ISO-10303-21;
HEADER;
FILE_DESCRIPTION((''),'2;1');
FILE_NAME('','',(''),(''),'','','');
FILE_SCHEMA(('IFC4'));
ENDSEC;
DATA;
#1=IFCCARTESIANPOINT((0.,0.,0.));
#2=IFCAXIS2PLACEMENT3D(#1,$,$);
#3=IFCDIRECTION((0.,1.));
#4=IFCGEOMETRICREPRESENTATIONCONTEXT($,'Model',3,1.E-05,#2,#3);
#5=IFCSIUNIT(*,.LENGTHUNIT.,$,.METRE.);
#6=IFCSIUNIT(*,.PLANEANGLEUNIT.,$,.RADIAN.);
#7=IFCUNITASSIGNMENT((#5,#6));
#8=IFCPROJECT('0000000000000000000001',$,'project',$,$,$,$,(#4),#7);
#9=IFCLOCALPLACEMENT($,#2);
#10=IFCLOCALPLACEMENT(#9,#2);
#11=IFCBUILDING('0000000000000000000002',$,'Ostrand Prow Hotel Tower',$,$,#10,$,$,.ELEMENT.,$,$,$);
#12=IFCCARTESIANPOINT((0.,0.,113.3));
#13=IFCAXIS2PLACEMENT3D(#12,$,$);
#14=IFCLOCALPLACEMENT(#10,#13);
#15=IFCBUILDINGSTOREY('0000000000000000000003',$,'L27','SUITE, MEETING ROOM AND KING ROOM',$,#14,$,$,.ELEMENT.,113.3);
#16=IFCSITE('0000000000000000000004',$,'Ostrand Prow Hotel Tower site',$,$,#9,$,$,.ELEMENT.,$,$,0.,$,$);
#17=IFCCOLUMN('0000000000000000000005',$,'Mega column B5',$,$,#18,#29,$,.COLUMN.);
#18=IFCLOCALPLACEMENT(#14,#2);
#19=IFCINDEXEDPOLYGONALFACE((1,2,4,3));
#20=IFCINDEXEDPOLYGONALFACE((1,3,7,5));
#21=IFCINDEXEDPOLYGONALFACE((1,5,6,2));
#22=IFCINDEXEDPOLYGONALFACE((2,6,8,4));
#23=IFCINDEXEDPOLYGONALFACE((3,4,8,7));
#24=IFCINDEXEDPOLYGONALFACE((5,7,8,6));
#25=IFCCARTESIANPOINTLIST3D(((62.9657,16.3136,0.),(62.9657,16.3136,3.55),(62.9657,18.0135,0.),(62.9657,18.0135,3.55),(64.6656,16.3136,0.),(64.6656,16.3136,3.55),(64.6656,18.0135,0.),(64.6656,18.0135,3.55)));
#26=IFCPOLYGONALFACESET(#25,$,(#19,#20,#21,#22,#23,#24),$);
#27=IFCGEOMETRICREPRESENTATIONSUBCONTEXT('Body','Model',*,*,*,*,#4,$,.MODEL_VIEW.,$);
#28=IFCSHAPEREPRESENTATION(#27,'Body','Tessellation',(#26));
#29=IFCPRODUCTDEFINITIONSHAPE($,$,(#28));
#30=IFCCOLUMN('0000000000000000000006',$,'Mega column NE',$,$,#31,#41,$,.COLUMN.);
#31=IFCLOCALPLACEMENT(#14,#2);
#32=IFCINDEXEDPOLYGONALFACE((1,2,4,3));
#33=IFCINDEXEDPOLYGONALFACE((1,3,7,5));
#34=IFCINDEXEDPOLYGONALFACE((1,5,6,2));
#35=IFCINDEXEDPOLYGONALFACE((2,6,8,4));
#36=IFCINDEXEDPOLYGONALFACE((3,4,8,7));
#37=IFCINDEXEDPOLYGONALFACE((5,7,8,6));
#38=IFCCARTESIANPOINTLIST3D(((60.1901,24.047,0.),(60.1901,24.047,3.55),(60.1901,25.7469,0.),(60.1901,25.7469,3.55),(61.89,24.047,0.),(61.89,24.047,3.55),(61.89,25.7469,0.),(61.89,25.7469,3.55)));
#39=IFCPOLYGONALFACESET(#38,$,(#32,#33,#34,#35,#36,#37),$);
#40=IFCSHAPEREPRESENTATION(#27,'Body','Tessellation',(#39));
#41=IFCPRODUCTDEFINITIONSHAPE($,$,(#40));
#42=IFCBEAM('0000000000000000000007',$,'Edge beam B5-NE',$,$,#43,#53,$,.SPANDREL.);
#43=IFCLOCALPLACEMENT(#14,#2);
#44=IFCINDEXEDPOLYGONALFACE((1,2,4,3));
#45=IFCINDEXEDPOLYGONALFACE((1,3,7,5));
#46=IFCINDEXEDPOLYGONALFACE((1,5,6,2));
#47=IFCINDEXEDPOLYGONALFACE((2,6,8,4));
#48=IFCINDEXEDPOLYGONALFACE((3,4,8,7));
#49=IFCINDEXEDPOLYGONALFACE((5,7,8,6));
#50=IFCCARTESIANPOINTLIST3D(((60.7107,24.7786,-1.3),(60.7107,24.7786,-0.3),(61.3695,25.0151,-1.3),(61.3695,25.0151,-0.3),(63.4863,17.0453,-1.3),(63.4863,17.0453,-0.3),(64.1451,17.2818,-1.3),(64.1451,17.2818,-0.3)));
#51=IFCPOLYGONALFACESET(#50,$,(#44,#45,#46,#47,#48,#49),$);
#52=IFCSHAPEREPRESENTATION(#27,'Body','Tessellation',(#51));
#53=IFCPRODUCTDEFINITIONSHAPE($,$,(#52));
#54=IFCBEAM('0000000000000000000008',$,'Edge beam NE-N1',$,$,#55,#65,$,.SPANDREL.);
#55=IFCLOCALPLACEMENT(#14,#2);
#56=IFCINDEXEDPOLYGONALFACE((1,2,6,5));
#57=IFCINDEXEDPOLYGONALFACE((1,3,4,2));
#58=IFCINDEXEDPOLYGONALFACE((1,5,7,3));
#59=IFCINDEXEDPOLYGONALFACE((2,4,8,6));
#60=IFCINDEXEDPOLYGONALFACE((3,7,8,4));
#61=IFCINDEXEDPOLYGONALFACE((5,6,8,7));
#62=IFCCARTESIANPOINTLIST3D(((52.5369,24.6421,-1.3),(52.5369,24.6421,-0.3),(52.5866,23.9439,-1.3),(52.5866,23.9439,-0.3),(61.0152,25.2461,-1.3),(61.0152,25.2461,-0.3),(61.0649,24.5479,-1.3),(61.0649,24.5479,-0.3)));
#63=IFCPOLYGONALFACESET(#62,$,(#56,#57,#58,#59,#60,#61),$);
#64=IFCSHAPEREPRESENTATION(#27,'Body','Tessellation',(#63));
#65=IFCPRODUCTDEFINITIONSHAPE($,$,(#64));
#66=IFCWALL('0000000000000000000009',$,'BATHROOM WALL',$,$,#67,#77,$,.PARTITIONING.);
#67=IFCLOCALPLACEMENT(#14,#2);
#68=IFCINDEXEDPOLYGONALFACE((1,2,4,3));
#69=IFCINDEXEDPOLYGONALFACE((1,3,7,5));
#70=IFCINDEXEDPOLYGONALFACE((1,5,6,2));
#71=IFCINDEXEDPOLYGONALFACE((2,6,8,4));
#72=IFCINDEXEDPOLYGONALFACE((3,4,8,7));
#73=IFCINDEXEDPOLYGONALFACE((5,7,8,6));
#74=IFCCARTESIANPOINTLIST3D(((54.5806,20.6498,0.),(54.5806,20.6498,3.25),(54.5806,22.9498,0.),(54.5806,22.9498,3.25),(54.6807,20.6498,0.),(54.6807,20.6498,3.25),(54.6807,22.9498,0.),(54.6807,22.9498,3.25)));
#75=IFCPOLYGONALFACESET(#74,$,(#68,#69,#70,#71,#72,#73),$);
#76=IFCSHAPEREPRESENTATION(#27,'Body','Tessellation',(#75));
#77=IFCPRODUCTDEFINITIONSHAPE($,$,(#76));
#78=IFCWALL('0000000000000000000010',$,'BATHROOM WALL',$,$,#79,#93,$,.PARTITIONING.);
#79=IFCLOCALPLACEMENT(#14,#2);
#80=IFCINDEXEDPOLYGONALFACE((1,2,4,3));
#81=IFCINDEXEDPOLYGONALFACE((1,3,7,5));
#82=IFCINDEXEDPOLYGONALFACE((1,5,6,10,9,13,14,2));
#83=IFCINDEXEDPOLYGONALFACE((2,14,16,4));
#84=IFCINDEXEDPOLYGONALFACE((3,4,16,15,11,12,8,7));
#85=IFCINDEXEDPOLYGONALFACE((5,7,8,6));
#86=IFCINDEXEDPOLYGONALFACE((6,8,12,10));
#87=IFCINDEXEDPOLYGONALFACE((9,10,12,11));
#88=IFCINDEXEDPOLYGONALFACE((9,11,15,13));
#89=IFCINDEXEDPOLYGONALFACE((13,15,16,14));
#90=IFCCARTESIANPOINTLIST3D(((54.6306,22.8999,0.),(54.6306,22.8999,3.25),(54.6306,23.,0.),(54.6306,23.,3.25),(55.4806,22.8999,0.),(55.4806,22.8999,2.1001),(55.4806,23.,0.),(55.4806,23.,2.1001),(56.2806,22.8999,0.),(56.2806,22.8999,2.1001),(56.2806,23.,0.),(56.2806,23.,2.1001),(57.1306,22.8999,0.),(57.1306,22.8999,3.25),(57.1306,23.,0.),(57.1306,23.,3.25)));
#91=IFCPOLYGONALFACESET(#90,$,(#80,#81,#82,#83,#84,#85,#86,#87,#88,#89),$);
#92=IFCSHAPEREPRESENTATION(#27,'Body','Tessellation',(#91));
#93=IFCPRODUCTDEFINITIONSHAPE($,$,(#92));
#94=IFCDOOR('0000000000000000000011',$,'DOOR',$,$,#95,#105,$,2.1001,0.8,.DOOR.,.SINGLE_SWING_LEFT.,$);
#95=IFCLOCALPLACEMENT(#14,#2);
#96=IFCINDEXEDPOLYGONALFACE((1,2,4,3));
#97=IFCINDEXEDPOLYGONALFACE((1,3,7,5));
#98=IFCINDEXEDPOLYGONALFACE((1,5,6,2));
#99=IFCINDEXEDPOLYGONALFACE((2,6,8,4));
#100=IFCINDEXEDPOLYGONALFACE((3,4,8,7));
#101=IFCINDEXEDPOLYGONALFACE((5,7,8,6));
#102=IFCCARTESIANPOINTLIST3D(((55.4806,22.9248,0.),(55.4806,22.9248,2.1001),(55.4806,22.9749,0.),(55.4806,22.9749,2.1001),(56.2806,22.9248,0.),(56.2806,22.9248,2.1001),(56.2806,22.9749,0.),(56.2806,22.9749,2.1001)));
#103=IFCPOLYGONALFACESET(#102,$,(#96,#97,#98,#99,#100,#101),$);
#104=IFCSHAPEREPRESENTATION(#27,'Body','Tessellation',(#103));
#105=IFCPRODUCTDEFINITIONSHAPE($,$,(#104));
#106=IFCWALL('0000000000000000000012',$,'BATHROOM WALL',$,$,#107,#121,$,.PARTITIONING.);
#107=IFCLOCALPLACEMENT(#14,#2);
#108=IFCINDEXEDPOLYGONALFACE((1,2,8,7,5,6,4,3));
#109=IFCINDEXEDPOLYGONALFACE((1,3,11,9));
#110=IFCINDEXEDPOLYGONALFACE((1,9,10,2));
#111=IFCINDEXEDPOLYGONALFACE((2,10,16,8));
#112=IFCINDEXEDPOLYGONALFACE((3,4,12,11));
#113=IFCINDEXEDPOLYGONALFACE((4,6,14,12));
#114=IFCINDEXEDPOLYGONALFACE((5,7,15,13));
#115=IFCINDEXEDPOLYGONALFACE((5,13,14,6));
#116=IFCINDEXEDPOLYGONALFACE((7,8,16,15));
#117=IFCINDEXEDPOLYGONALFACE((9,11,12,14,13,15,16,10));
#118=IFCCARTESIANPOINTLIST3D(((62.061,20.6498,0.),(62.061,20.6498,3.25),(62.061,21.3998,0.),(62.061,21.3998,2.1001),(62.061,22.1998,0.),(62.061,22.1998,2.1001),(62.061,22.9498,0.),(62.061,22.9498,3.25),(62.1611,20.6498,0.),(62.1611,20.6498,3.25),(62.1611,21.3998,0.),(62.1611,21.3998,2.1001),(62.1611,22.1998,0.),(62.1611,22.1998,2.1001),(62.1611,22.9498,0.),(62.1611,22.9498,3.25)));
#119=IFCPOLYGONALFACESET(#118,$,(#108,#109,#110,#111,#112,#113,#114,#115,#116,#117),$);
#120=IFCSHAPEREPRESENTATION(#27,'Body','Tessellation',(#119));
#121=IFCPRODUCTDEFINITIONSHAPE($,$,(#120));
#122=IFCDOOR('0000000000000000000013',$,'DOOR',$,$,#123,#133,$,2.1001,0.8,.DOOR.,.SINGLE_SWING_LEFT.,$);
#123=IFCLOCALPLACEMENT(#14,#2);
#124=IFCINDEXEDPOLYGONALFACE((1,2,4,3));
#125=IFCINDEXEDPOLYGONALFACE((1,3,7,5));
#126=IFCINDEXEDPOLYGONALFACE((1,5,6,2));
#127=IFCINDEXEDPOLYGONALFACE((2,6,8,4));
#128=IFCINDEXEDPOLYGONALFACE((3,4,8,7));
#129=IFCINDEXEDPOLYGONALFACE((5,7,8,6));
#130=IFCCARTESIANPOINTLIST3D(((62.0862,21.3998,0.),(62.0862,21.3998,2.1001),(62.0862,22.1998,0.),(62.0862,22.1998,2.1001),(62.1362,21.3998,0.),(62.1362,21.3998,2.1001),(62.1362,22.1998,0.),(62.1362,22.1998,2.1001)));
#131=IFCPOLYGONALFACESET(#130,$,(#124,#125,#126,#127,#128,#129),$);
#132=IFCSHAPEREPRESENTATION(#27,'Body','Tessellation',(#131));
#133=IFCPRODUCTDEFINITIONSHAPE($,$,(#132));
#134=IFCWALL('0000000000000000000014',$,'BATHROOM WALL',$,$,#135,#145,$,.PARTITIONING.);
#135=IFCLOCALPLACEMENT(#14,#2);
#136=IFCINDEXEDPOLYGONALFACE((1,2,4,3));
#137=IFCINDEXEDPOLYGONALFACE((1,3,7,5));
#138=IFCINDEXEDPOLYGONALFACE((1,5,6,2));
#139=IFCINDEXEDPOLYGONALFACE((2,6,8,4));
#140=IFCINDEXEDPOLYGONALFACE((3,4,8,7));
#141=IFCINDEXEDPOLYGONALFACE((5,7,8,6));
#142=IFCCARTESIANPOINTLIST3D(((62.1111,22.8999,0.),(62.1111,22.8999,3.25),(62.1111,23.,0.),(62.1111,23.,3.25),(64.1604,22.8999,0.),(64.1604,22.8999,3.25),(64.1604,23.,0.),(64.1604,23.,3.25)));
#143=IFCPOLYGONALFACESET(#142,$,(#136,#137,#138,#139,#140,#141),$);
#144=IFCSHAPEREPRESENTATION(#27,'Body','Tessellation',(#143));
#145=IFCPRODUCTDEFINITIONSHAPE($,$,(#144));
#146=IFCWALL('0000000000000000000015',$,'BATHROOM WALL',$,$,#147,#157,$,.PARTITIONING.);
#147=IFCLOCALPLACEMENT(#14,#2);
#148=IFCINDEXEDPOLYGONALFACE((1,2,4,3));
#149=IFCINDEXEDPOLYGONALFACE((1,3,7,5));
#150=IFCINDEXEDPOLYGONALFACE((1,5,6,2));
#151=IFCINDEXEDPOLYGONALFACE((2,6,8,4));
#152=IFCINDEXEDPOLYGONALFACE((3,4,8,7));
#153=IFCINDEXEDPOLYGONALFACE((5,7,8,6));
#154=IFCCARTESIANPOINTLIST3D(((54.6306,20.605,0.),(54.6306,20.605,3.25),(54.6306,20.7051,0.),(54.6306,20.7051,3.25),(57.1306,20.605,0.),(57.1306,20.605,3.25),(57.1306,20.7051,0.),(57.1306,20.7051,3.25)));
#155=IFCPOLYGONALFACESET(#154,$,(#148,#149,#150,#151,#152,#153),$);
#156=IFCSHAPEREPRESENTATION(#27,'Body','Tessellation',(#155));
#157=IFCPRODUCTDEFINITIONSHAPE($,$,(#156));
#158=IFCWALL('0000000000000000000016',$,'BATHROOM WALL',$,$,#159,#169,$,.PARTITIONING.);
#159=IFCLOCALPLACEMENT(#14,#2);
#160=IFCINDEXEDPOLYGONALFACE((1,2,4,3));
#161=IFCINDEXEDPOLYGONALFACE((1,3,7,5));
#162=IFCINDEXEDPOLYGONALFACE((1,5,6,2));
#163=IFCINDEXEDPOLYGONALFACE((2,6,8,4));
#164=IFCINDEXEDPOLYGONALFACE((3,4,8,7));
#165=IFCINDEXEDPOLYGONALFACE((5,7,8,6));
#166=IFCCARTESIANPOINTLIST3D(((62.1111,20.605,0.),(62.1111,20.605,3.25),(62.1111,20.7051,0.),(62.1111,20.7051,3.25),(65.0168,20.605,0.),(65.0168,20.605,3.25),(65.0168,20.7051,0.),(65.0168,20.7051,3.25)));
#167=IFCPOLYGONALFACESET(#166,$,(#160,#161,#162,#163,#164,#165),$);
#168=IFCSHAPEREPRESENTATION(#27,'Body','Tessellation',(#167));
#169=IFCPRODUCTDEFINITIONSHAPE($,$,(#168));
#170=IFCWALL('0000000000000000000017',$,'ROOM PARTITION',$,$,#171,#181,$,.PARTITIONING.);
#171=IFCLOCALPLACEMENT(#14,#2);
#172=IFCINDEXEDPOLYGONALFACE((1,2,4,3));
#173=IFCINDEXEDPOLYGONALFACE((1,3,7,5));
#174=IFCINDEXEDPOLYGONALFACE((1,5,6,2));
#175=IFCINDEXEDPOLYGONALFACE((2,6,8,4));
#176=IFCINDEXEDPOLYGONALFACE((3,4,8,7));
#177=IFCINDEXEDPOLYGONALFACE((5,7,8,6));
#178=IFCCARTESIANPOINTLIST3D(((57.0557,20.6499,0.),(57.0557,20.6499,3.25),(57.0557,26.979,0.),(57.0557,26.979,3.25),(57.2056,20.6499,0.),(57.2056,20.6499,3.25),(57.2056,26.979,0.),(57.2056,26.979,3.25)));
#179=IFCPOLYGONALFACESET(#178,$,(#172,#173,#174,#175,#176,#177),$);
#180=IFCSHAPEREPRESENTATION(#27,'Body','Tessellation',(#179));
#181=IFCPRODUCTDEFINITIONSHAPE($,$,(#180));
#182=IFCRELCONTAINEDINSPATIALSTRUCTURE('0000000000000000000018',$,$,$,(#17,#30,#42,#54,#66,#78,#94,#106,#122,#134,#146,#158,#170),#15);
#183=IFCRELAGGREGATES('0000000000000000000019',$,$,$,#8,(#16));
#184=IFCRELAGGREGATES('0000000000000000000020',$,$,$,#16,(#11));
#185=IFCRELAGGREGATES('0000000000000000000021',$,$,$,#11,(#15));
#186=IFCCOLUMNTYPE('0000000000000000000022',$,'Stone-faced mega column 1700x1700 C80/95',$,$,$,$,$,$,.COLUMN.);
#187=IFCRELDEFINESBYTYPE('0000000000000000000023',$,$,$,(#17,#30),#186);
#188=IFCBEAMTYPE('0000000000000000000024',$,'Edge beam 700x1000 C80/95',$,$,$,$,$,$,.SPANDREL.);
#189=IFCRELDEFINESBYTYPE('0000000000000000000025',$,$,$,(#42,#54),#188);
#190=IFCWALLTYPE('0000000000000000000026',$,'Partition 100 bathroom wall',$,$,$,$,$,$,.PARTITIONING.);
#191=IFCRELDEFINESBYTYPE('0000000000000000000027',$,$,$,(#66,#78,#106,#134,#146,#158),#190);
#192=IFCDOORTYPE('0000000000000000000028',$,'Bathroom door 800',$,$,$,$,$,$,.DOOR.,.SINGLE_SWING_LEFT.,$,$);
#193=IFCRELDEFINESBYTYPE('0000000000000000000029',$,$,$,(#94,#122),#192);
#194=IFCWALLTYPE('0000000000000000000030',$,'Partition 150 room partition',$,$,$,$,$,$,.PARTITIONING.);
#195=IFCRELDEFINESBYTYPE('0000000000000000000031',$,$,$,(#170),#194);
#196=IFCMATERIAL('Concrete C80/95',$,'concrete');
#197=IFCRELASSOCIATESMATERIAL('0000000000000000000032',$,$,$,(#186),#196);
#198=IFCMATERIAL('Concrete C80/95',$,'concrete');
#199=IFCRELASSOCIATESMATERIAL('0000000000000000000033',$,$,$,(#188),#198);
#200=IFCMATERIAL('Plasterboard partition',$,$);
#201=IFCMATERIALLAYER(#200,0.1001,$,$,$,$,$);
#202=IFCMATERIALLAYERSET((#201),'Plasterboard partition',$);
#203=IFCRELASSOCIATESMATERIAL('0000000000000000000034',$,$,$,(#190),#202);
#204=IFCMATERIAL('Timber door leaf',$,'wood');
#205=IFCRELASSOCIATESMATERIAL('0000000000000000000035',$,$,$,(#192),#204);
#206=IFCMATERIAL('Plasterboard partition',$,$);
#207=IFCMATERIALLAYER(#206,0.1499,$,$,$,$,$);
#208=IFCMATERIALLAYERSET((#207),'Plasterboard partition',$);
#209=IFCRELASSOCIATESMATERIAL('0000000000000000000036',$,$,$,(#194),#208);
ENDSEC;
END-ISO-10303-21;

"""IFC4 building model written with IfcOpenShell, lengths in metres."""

from ifc_helpers import new_model, si_unit, direction, frame, frame_2d, origin, origin_2d, place, context, subcontext, project, spatial, rectangle, extrude, material, layer, layer_set, material_profile, profile_set, type_object, element, fill, save


model = new_model("IFC4")

# Units and contexts
model_context = context("Model", 3, precision=1e-05, world=origin(), true_north=direction((0.0, 1.0)))
body_context = subcontext(model_context, "Body", "Model", "MODEL_VIEW")
ifc_project = project(units=[si_unit("LENGTHUNIT", "METRE"), si_unit("PLANEANGLEUNIT", "RADIAN")], contexts=[model_context])

# Site, building, storey
site_placement = place(None, origin())
site = spatial("IfcSite", under=ifc_project, at=site_placement, Name="Ostrand Prow Hotel Tower site", CompositionType="ELEMENT", RefElevation=0.0)
building_placement = place(site_placement, origin())
building = spatial("IfcBuilding", under=site, at=building_placement, Name="Ostrand Prow Hotel Tower", CompositionType="ELEMENT")
storey_placement = place(building_placement, frame((0.0, 0.0, 113.3)))
storey = spatial("IfcBuildingStorey", under=building, at=storey_placement, Name="L27", Description="SUITE, MEETING ROOM AND KING ROOM", CompositionType="ELEMENT", Elevation=113.3)

# Columns
ifc_material_1 = material(Name="Concrete C80/95", Category="concrete")
ifc_material_profile_1 = material_profile(ifc_material_1, rectangle(XDim=1.7, YDim=1.7, at=origin_2d()), Name="RC 1700x1700")
ifc_profile_set_1 = profile_set([ifc_material_profile_1], Name="Concrete C80/95")
column_type = type_object("IfcColumnType", Name="Stone-faced mega column 1700x1700 C80/95", PredefinedType="COLUMN", material=ifc_profile_set_1)
for number, where, z_axis, x_axis, name in (
    (1, (63.8157, 17.1636, 0.0), (0.0, 0.0, 1.0), (1.0, 0.0, 0.0), "Mega column B5"),
    (2, (61.04, 24.897, 0.0), (0.0, 0.0, 1.0), (1.0, 0.0, 0.0), "Mega column NE"),
):
    element("IfcColumn", number, at=place(storey_placement, frame(where, z_axis=z_axis, x_axis=x_axis)), inside=storey, type_object=column_type, Name=name, PredefinedType="COLUMN", context=body_context, shape_type="SweptSolid", body=[
        extrude(rectangle(XDim=1.7, YDim=1.7, at=origin_2d()), origin(), (0.0, 0.0, 1.0), 3.55),
    ])

# Beams
ifc_material_2 = material(Name="Concrete C80/95", Category="concrete")
ifc_material_profile_2 = material_profile(ifc_material_2, rectangle(XDim=0.7, YDim=1.0, at=origin_2d()), Name="RC 700x1000")
ifc_profile_set_2 = profile_set([ifc_material_profile_2], Name="Concrete C80/95")
beam_type = type_object("IfcBeamType", Name="Edge beam 700x1000 C80/95", PredefinedType="SPANDREL", material=ifc_profile_set_2)
beam_1_placement = place(storey_placement, frame((63.8157, 17.1636, -0.8), z_axis=(-0.337815, 0.941212, 0.0), x_axis=(-0.941212, -0.337815, 0.0)))
element("IfcBeam", 3, at=beam_1_placement, inside=storey, type_object=beam_type, Name="Edge beam B5-NE", PredefinedType="SPANDREL", context=body_context, shape_type="SweptSolid", body=[
    extrude(rectangle(XDim=0.7, YDim=1.0, at=origin_2d()), origin(), (0.0, 0.0, 1.0), 8.2163),
])
beam_2_placement = place(storey_placement, frame((61.04, 24.897, -0.8), z_axis=(-0.997472, -0.071061, 0.0), x_axis=(0.071061, -0.997472, 0.0)))
element("IfcBeam", 4, at=beam_2_placement, inside=storey, type_object=beam_type, Name="Edge beam NE-N1", PredefinedType="SPANDREL", context=body_context, shape_type="SweptSolid", body=[
    extrude(rectangle(XDim=0.7, YDim=1.0, at=origin_2d()), origin(), (0.0, 0.0, 1.0), 8.4998),
])

# Wall
ifc_material_3 = material(Name="Plasterboard partition")
ifc_layer_1 = layer(ifc_material_3, 0.1001)
ifc_layer_set_1 = layer_set([ifc_layer_1], Name="Plasterboard partition")
wall_type_1 = type_object("IfcWallType", Name="Partition 100 bathroom wall", PredefinedType="PARTITIONING", material=ifc_layer_set_1)
wall_1_placement = place(storey_placement, frame((54.6306, 20.6499, 0.0), z_axis=(0.0, 0.0, 1.0), x_axis=(0.0, 1.0, 0.0)))
element("IfcWall", 5, at=wall_1_placement, inside=storey, type_object=wall_type_1, Name="BATHROOM WALL", PredefinedType="PARTITIONING", context=body_context, shape_type="SweptSolid", body=[
    extrude(rectangle(XDim=2.3, YDim=0.1001, at=frame_2d((1.1499, 0.0))), origin(), (0.0, 0.0, 1.0), 3.25),
])

# Walls, openings, doors
wall_2_placement = place(storey_placement, frame((54.6306, 22.95, 0.0), z_axis=(0.0, 0.0, 1.0), x_axis=(1.0, 0.0, 0.0)))
wall_2 = element("IfcWall", 6, at=wall_2_placement, inside=storey, type_object=wall_type_1, Name="BATHROOM WALL", PredefinedType="PARTITIONING", context=body_context, shape_type="SweptSolid", body=[
    extrude(rectangle(XDim=2.5, YDim=0.1001, at=frame_2d((1.25, 0.0))), origin(), (0.0, 0.0, 1.0), 3.25),
])
opening_1_placement = place(wall_2_placement, frame((0.8501, 0.0, 0.0)))
opening_1 = element("IfcOpeningElement", 7, at=opening_1_placement, cuts=wall_2, PredefinedType="OPENING", context=body_context, shape_type="SweptSolid", body=[
    extrude(rectangle(XDim=0.8, YDim=2.1001, at=frame_2d((0.3999, 1.05))), frame((0.0, 0.0601, 0.0), z_axis=(0.0, -1.0, 0.0), x_axis=(1.0, 0.0, 0.0)), (0.0, 0.0, 1.0), 0.1201),
])
ifc_material_4 = material(Name="Timber door leaf", Category="wood")
door_type_1 = type_object("IfcDoorType", Name="Bathroom door 800", OperationType="SINGLE_SWING_LEFT", PredefinedType="DOOR", material=ifc_material_4)
door_1_placement = place(opening_1_placement, origin())
door_1 = element("IfcDoor", 8, at=door_1_placement, inside=storey, type_object=door_type_1, Name="DOOR", OperationType="SINGLE_SWING_LEFT", OverallHeight=2.1001, OverallWidth=0.8, PredefinedType="DOOR", context=body_context, shape_type="SweptSolid", body=[
    extrude(rectangle(XDim=0.8, YDim=2.1001, at=frame_2d((0.3999, 1.05))), frame((0.0, 0.0249, 0.0), z_axis=(0.0, -1.0, 0.0), x_axis=(1.0, 0.0, 0.0)), (0.0, 0.0, 1.0), 0.05),
])
fill(opening_1, door_1)
wall_3_placement = place(storey_placement, frame((62.1111, 20.6499, 0.0), z_axis=(0.0, 0.0, 1.0), x_axis=(0.0, 1.0, 0.0)))
wall_3 = element("IfcWall", 9, at=wall_3_placement, inside=storey, type_object=wall_type_1, Name="BATHROOM WALL", PredefinedType="PARTITIONING", context=body_context, shape_type="SweptSolid", body=[
    extrude(rectangle(XDim=2.3, YDim=0.1001, at=frame_2d((1.1499, 0.0))), origin(), (0.0, 0.0, 1.0), 3.25),
])
opening_2_placement = place(wall_3_placement, frame((0.75, 0.0, 0.0)))
opening_2 = element("IfcOpeningElement", 10, at=opening_2_placement, cuts=wall_3, PredefinedType="OPENING", context=body_context, shape_type="SweptSolid", body=[
    extrude(rectangle(XDim=0.8, YDim=2.1001, at=frame_2d((0.3999, 1.05))), frame((0.0, 0.0601, 0.0), z_axis=(0.0, -1.0, 0.0), x_axis=(1.0, 0.0, 0.0)), (0.0, 0.0, 1.0), 0.1201),
])
door_2_placement = place(opening_2_placement, origin())
door_2 = element("IfcDoor", 11, at=door_2_placement, inside=storey, type_object=door_type_1, Name="DOOR", OperationType="SINGLE_SWING_LEFT", OverallHeight=2.1001, OverallWidth=0.8, PredefinedType="DOOR", context=body_context, shape_type="SweptSolid", body=[
    extrude(rectangle(XDim=0.8, YDim=2.1001, at=frame_2d((0.3999, 1.05))), frame((0.0, 0.0249, 0.0), z_axis=(0.0, -1.0, 0.0), x_axis=(1.0, 0.0, 0.0)), (0.0, 0.0, 1.0), 0.05),
])
fill(opening_2, door_2)

# Walls
wall_4_placement = place(storey_placement, frame((62.1111, 22.95, 0.0), z_axis=(0.0, 0.0, 1.0), x_axis=(1.0, 0.0, 0.0)))
element("IfcWall", 12, at=wall_4_placement, inside=storey, type_object=wall_type_1, Name="BATHROOM WALL", PredefinedType="PARTITIONING", context=body_context, shape_type="SweptSolid", body=[
    extrude(rectangle(XDim=2.0493, YDim=0.1001, at=frame_2d((1.0247, 0.0))), origin(), (0.0, 0.0, 1.0), 3.25),
])
wall_5_placement = place(storey_placement, frame((57.1306, 20.655, 0.0), z_axis=(0.0, 0.0, 1.0), x_axis=(-1.0, 0.0, 0.0)))
element("IfcWall", 13, at=wall_5_placement, inside=storey, type_object=wall_type_1, Name="BATHROOM WALL", PredefinedType="PARTITIONING", context=body_context, shape_type="SweptSolid", body=[
    extrude(rectangle(XDim=2.5, YDim=0.1001, at=frame_2d((1.25, 0.0))), origin(), (0.0, 0.0, 1.0), 3.25),
])
wall_6_placement = place(storey_placement, frame((65.0168, 20.655, 0.0), z_axis=(0.0, 0.0, 1.0), x_axis=(-1.0, 0.0, 0.0)))
element("IfcWall", 14, at=wall_6_placement, inside=storey, type_object=wall_type_1, Name="BATHROOM WALL", PredefinedType="PARTITIONING", context=body_context, shape_type="SweptSolid", body=[
    extrude(rectangle(XDim=2.9058, YDim=0.1001, at=frame_2d((1.4529, 0.0))), origin(), (0.0, 0.0, 1.0), 3.25),
])
ifc_material_5 = material(Name="Plasterboard partition")
ifc_layer_2 = layer(ifc_material_5, 0.1499)
ifc_layer_set_2 = layer_set([ifc_layer_2], Name="Plasterboard partition")
wall_type_2 = type_object("IfcWallType", Name="Partition 150 room partition", PredefinedType="PARTITIONING", material=ifc_layer_set_2)
wall_7_placement = place(storey_placement, frame((57.1306, 20.6499, 0.0), z_axis=(0.0, 0.0, 1.0), x_axis=(0.0, 1.0, 0.0)))
element("IfcWall", 15, at=wall_7_placement, inside=storey, type_object=wall_type_2, Name="ROOM PARTITION", PredefinedType="PARTITIONING", context=body_context, shape_type="SweptSolid", body=[
    extrude(rectangle(XDim=6.3291, YDim=0.1499, at=frame_2d((3.1646, 0.0))), origin(), (0.0, 0.0, 1.0), 3.25),
])

save(model, "model.ifc")
